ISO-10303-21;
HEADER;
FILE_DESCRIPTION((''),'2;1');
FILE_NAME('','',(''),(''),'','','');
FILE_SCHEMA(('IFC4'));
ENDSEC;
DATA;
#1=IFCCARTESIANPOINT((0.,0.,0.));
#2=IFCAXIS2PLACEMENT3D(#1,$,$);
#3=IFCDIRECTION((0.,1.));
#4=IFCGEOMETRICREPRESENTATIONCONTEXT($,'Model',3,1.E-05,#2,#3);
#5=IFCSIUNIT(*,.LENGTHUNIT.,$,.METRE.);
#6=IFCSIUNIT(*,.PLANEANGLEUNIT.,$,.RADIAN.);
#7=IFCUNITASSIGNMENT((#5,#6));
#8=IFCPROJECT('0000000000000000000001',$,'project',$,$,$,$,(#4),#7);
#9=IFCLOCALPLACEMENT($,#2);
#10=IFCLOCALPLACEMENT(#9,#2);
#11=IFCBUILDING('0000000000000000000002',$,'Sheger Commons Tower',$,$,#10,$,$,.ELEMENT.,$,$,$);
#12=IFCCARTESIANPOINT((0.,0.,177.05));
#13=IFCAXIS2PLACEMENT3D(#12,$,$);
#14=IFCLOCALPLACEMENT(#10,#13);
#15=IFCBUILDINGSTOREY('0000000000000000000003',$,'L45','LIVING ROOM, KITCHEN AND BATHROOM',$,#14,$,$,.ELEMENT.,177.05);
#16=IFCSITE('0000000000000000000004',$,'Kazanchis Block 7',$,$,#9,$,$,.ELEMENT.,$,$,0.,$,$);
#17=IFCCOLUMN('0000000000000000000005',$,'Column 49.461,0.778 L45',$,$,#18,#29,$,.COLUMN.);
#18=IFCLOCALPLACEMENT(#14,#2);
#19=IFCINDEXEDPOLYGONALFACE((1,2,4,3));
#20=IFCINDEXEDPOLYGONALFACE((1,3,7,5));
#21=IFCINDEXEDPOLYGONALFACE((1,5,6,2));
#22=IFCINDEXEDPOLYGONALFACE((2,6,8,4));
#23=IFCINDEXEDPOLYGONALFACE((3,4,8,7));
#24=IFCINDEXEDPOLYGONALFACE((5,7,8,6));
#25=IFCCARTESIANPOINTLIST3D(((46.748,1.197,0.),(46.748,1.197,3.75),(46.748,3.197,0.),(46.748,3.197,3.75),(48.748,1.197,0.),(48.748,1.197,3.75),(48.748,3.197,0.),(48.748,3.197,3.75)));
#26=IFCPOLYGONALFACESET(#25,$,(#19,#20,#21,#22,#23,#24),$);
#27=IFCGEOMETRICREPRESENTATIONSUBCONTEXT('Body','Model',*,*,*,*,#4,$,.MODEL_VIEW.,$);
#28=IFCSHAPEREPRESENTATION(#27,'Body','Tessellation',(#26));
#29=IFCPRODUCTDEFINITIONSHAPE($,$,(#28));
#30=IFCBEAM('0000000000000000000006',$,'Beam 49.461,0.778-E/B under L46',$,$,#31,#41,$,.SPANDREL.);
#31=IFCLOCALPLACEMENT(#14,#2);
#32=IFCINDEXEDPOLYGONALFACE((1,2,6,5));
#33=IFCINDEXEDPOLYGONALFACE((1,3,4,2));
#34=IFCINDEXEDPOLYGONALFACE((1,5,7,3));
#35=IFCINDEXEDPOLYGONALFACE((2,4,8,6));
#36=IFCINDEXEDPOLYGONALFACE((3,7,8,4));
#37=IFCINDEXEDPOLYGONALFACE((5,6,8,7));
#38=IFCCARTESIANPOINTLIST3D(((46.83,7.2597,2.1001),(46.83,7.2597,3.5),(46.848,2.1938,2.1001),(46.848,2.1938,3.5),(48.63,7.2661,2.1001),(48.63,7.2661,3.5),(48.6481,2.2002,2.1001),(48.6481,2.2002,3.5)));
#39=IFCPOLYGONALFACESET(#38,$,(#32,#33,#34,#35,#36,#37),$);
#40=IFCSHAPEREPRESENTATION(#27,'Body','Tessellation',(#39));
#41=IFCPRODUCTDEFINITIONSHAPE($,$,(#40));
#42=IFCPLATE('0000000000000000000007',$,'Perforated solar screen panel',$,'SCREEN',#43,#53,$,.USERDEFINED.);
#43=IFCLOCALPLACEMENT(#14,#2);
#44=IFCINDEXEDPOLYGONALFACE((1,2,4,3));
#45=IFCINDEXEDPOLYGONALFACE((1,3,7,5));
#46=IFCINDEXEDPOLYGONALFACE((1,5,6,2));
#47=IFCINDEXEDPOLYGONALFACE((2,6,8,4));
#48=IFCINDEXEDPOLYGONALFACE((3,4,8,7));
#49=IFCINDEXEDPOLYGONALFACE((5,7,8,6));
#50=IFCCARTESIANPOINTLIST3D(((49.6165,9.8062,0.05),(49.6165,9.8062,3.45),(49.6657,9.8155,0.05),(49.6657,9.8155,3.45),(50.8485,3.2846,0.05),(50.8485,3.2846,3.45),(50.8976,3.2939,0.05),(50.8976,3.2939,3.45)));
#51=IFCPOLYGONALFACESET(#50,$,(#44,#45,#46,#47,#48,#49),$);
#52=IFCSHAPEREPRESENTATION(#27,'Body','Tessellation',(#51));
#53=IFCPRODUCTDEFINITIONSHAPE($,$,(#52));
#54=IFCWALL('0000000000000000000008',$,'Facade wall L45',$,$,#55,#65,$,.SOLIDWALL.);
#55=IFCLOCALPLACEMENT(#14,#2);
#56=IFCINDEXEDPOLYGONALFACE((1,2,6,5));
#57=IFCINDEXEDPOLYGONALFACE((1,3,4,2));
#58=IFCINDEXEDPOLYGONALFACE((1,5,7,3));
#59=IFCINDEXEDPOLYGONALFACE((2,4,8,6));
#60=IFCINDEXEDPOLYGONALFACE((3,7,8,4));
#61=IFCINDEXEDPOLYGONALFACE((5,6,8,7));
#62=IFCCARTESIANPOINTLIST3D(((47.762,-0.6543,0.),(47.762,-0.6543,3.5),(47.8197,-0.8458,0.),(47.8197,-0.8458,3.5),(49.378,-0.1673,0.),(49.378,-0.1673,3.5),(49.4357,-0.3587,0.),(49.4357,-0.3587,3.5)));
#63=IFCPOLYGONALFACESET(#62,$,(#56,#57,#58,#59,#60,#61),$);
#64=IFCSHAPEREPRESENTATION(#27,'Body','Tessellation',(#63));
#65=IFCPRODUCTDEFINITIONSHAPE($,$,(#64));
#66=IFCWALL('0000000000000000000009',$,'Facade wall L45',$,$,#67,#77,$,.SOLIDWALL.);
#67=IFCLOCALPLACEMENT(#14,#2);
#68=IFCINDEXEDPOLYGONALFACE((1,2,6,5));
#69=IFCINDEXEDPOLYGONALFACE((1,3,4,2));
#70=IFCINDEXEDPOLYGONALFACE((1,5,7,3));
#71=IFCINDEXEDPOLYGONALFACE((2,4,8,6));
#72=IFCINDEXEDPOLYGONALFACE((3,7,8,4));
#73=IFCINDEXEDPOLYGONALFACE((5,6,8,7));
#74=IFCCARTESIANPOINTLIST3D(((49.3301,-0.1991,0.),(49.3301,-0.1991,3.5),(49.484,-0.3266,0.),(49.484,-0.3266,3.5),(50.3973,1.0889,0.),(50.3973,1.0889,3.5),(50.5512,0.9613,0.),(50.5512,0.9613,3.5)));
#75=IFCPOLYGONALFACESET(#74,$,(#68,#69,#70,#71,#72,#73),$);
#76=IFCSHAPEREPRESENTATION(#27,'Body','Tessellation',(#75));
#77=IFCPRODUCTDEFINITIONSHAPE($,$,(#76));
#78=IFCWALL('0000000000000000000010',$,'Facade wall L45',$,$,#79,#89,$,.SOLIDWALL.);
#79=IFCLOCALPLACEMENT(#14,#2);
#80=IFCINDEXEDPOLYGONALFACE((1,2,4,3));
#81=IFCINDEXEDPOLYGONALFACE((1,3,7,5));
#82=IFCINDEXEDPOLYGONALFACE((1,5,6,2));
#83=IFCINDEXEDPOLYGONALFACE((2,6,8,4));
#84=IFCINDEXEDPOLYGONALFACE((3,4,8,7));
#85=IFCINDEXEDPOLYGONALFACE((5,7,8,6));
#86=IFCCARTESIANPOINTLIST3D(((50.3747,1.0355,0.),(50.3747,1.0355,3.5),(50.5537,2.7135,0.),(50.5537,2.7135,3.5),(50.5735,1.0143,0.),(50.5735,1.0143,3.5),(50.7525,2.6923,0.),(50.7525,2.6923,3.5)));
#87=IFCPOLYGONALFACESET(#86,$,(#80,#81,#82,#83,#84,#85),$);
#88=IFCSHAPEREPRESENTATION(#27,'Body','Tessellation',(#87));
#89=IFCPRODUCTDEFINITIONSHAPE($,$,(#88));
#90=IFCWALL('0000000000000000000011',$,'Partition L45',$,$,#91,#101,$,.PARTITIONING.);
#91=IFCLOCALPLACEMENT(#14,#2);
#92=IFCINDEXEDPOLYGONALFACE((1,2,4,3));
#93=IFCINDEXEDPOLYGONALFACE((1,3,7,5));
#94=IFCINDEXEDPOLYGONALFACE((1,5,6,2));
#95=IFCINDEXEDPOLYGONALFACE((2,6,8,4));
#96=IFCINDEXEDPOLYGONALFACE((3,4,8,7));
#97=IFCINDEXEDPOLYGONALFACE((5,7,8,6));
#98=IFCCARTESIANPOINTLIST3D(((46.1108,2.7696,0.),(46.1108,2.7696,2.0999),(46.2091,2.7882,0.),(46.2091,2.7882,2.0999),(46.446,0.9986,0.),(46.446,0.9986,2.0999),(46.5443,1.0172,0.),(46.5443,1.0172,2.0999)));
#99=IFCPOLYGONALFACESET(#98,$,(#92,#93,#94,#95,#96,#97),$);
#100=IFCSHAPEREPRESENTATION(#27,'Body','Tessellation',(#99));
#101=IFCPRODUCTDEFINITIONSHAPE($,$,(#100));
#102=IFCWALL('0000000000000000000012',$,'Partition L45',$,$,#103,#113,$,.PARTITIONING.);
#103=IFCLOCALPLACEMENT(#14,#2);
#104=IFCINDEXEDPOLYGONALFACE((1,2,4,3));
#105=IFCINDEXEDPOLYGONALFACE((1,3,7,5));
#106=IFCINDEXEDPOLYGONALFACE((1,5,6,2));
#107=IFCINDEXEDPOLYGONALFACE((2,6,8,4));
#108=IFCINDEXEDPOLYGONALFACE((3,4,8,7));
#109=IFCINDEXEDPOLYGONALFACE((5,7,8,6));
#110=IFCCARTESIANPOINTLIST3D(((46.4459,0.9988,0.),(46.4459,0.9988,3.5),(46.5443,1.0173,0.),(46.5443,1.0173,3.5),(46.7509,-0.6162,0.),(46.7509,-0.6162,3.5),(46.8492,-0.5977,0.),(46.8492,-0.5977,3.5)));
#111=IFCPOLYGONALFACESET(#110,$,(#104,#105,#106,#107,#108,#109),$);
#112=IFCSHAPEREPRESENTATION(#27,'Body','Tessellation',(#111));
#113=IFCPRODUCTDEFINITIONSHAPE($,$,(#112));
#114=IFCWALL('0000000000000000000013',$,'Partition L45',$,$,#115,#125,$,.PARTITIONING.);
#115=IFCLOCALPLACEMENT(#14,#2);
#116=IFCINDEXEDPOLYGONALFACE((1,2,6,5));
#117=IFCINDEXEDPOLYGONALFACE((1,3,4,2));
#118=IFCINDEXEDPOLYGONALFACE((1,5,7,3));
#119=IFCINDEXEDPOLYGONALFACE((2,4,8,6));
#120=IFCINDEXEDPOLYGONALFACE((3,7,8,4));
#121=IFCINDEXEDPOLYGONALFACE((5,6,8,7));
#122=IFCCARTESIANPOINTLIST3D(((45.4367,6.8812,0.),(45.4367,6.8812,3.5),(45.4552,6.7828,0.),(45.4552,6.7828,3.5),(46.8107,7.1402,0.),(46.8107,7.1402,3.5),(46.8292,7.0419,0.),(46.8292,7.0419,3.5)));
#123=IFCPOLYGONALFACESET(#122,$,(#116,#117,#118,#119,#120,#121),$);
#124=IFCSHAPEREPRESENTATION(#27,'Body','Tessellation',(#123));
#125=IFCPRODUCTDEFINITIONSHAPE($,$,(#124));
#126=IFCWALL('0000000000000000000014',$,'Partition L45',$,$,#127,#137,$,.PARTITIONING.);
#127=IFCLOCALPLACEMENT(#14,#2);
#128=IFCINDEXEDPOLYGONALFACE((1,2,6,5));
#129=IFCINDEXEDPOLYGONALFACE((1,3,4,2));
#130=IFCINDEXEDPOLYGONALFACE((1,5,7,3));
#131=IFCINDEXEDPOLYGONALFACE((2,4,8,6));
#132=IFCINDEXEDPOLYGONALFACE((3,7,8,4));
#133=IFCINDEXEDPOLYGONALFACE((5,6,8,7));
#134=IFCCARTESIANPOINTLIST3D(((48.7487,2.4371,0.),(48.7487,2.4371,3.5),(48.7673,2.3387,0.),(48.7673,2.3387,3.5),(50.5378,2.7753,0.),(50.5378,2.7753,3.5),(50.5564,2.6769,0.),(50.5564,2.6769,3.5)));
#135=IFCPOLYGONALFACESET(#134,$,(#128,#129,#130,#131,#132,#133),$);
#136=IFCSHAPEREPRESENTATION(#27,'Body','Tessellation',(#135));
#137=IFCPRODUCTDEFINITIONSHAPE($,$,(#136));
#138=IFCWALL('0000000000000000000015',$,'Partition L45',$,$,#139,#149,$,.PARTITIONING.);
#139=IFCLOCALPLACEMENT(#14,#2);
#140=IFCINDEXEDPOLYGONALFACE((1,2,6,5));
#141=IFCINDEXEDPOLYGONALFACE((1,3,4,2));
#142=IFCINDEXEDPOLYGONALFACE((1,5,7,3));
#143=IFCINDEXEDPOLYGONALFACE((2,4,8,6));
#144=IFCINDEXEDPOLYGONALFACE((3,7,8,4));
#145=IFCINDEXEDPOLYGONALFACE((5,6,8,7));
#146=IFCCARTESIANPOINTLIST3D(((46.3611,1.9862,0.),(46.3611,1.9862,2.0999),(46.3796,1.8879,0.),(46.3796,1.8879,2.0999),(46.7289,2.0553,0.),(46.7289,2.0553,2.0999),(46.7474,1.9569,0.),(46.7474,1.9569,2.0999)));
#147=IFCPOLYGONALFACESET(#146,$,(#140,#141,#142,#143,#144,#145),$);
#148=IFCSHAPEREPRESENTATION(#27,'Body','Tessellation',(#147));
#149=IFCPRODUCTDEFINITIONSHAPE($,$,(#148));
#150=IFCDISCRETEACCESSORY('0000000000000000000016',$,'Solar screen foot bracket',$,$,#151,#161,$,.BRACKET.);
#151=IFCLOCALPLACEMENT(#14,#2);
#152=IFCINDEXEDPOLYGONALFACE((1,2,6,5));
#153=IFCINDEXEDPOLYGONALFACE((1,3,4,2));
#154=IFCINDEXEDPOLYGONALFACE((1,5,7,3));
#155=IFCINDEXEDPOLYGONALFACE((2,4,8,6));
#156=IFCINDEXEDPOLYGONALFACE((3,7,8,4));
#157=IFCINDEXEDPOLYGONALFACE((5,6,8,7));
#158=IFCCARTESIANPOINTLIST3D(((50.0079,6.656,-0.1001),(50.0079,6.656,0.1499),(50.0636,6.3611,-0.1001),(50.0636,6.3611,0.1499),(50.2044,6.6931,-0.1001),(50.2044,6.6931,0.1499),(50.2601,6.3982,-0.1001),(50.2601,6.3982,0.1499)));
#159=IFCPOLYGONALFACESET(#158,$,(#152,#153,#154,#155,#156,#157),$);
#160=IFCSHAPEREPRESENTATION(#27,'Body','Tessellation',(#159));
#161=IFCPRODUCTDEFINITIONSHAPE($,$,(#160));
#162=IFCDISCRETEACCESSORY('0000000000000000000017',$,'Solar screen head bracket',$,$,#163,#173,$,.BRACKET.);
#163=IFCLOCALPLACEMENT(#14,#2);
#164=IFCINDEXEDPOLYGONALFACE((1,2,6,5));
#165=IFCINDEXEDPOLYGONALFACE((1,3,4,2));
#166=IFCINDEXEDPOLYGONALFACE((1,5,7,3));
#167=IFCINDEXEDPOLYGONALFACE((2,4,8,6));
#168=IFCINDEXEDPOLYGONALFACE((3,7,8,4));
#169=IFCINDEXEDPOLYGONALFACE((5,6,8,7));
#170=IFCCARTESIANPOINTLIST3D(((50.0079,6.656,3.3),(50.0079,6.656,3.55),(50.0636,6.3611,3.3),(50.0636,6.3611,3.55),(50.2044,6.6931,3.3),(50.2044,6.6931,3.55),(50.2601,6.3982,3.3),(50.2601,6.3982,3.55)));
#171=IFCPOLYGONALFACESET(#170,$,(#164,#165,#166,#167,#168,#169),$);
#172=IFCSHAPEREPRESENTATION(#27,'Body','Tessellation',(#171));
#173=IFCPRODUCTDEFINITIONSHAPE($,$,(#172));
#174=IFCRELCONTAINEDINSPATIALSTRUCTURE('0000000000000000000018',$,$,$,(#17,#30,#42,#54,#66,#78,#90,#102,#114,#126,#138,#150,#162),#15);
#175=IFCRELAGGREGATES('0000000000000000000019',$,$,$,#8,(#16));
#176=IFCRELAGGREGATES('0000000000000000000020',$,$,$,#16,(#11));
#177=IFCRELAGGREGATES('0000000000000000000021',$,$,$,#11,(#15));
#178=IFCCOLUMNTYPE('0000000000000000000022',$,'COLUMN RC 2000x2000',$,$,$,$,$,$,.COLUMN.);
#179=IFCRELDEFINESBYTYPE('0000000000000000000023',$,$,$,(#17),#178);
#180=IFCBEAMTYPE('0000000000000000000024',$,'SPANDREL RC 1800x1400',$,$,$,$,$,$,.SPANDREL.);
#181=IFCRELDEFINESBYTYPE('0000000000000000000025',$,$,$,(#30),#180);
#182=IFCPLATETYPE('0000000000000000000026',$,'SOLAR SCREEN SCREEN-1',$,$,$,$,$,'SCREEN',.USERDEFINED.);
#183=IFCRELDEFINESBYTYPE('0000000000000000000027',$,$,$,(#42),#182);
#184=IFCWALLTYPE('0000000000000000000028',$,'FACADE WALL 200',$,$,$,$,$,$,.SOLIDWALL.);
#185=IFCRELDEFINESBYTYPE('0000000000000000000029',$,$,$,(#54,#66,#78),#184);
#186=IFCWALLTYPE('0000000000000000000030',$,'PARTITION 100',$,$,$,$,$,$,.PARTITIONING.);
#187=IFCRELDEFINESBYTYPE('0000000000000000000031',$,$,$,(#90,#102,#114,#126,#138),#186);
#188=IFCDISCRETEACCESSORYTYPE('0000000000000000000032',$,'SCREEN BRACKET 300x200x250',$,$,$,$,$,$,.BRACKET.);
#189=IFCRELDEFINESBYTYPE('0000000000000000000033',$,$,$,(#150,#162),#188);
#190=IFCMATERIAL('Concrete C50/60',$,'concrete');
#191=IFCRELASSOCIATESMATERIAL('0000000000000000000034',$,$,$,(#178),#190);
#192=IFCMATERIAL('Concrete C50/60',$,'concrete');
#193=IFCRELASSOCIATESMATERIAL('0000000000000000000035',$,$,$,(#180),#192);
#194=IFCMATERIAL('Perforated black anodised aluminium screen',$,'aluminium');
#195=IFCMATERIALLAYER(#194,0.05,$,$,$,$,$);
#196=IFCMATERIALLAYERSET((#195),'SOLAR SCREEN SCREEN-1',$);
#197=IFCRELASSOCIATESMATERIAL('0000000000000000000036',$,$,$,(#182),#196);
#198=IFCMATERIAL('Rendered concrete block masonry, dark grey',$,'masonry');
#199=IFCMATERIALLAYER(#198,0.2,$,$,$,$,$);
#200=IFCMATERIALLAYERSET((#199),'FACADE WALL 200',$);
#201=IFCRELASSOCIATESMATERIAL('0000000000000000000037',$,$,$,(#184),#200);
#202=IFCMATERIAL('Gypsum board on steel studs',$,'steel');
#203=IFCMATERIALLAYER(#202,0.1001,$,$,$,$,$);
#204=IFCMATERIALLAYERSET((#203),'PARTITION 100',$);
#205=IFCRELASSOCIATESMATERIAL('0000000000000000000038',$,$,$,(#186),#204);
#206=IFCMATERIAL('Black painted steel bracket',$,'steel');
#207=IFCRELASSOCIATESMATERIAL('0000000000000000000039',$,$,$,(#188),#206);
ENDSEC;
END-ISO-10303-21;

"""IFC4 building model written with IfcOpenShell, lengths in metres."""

from ifc_helpers import new_model, si_unit, direction, frame, frame_2d, origin, origin_2d, place, context, subcontext, project, spatial, rectangle, extrude, material, layer, layer_set, material_profile, profile_set, type_object, element, save


model = new_model("IFC4")

# Units and contexts
model_context = context("Model", 3, precision=1e-05, world=origin(), true_north=direction((0.0, 1.0)))
body_context = subcontext(model_context, "Body", "Model", "MODEL_VIEW")
ifc_project = project(units=[si_unit("LENGTHUNIT", "METRE"), si_unit("PLANEANGLEUNIT", "RADIAN")], contexts=[model_context])

# Site, building, storey
site_placement = place(None, origin())
site = spatial("IfcSite", under=ifc_project, at=site_placement, Name="Kazanchis Block 7", CompositionType="ELEMENT", RefElevation=0.0)
building_placement = place(site_placement, origin())
building = spatial("IfcBuilding", under=site, at=building_placement, Name="Sheger Commons Tower", CompositionType="ELEMENT")
storey_placement = place(building_placement, frame((0.0, 0.0, 177.05)))
storey = spatial("IfcBuildingStorey", under=building, at=storey_placement, Name="L45", Description="LIVING ROOM, KITCHEN AND BATHROOM", CompositionType="ELEMENT", Elevation=177.05)

# Column
ifc_material_1 = material(Name="Concrete C50/60", Category="concrete")
ifc_material_profile_1 = material_profile(ifc_material_1, rectangle(XDim=2.0, YDim=2.0, at=origin_2d()), Name="RC 2000x2000")
ifc_profile_set_1 = profile_set([ifc_material_profile_1], Name="Concrete C50/60")
column_type = type_object("IfcColumnType", Name="COLUMN RC 2000x2000", PredefinedType="COLUMN", material=ifc_profile_set_1)
column_placement = place(storey_placement, frame((47.748, 2.197, 0.0), z_axis=(0.0, 0.0, 1.0), x_axis=(1.0, 0.0, 0.0)))
element("IfcColumn", 1, at=column_placement, inside=storey, type_object=column_type, Name="Column 49.461,0.778 L45", PredefinedType="COLUMN", context=body_context, shape_type="SweptSolid", body=[
    extrude(rectangle(XDim=2.0, YDim=2.0, at=origin_2d()), origin(), (0.0, 0.0, 1.0), 3.75),
])

# Beam
ifc_material_2 = material(Name="Concrete C50/60", Category="concrete")
ifc_material_profile_2 = material_profile(ifc_material_2, rectangle(XDim=1.8, YDim=1.3999, at=origin_2d()), Name="RC 1800x1400")
ifc_profile_set_2 = profile_set([ifc_material_profile_2], Name="Concrete C50/60")
beam_type = type_object("IfcBeamType", Name="SPANDREL RC 1800x1400", PredefinedType="SPANDREL", material=ifc_profile_set_2)
beam_placement = place(storey_placement, frame((47.748, 2.197, 2.8), z_axis=(-0.003566, 0.999994, 0.0), x_axis=(-0.999994, -0.003566, 0.0)))
element("IfcBeam", 2, at=beam_placement, inside=storey, type_object=beam_type, Name="Beam 49.461,0.778-E/B under L46", PredefinedType="SPANDREL", context=body_context, shape_type="SweptSolid", body=[
    extrude(rectangle(XDim=1.8, YDim=1.3999, at=origin_2d()), origin(), (0.0, 0.0, 1.0), 5.0659),
])

# Plate
ifc_material_3 = material(Name="Perforated black anodised aluminium screen", Category="aluminium")
ifc_layer_1 = layer(ifc_material_3, 0.05)
ifc_layer_set_1 = layer_set([ifc_layer_1], Name="SOLAR SCREEN SCREEN-1")
plate_type = type_object("IfcPlateType", Name="SOLAR SCREEN SCREEN-1", ElementType="SCREEN", PredefinedType="USERDEFINED", material=ifc_layer_set_1)
plate_placement = place(storey_placement, frame((50.2571, 6.55, 0.05), z_axis=(0.0, 0.0, 1.0), x_axis=(-0.185615, 0.982623, 0.0)))
element("IfcPlate", 3, at=plate_placement, inside=storey, type_object=plate_type, Name="Perforated solar screen panel", ObjectType="SCREEN", PredefinedType="USERDEFINED", context=body_context, shape_type="SweptSolid", body=[
    extrude(rectangle(XDim=6.637, YDim=0.05, at=origin_2d()), origin(), (0.0, 0.0, 1.0), 3.3999),
])

# Walls
ifc_material_4 = material(Name="Rendered concrete block masonry, dark grey", Category="masonry")
ifc_layer_2 = layer(ifc_material_4, 0.2)
ifc_layer_set_2 = layer_set([ifc_layer_2], Name="FACADE WALL 200")
wall_type_1 = type_object("IfcWallType", Name="FACADE WALL 200", PredefinedType="SOLIDWALL", material=ifc_layer_set_2)
wall_1_placement = place(storey_placement, frame((47.791, -0.75, 0.0), z_axis=(0.0, 0.0, 1.0), x_axis=(0.957455, 0.288582, 0.0)))
element("IfcWall", 4, at=wall_1_placement, inside=storey, type_object=wall_type_1, Name="Facade wall L45", PredefinedType="SOLIDWALL", context=body_context, shape_type="SweptSolid", body=[
    extrude(rectangle(XDim=1.6877, YDim=0.2, at=frame_2d((0.8438, 0.0))), origin(), (0.0, 0.0, 1.0), 3.5),
])
wall_2_placement = place(storey_placement, frame((49.407, -0.2629, 0.0), z_axis=(0.0, 0.0, 1.0), x_axis=(0.638043, 0.770001, 0.0)))
element("IfcWall", 5, at=wall_2_placement, inside=storey, type_object=wall_type_1, Name="Facade wall L45", PredefinedType="SOLIDWALL", context=body_context, shape_type="SweptSolid", body=[
    extrude(rectangle(XDim=1.6726, YDim=0.2, at=frame_2d((0.8364, 0.0))), origin(), (0.0, 0.0, 1.0), 3.5),
])
wall_3_placement = place(storey_placement, frame((50.4741, 1.0249, 0.0), z_axis=(0.0, 0.0, 1.0), x_axis=(0.106048, 0.994361, 0.0)))
element("IfcWall", 6, at=wall_3_placement, inside=storey, type_object=wall_type_1, Name="Facade wall L45", PredefinedType="SOLIDWALL", context=body_context, shape_type="SweptSolid", body=[
    extrude(rectangle(XDim=1.6875, YDim=0.2, at=frame_2d((0.8438, 0.0))), origin(), (0.0, 0.0, 1.0), 3.5),
])

# Walls
ifc_material_5 = material(Name="Gypsum board on steel studs", Category="steel")
ifc_layer_3 = layer(ifc_material_5, 0.1001)
ifc_layer_set_3 = layer_set([ifc_layer_3], Name="PARTITION 100")
wall_type_2 = type_object("IfcWallType", Name="PARTITION 100", PredefinedType="PARTITIONING", material=ifc_layer_set_3)
wall_4_placement = place(storey_placement, frame((46.1599, 2.7791, 0.0), z_axis=(0.0, 0.0, 1.0), x_axis=(0.185973, -0.982555, 0.0)))
element("IfcWall", 7, at=wall_4_placement, inside=storey, type_object=wall_type_2, Name="Partition L45", PredefinedType="PARTITIONING", context=body_context, shape_type="SweptSolid", body=[
    extrude(rectangle(XDim=1.8025, YDim=0.1001, at=frame_2d((0.9014, 0.0))), origin(), (0.0, 0.0, 1.0), 2.0999),
])
wall_5_placement = place(storey_placement, frame((46.4951, 1.0081, 0.0), z_axis=(0.0, 0.0, 1.0), x_axis=(0.185535, -0.982638, 0.0)))
element("IfcWall", 8, at=wall_5_placement, inside=storey, type_object=wall_type_2, Name="Partition L45", PredefinedType="PARTITIONING", context=body_context, shape_type="SweptSolid", body=[
    extrude(rectangle(XDim=1.6436, YDim=0.1001, at=frame_2d((0.8218, 0.0))), origin(), (0.0, 0.0, 1.0), 3.5),
])
wall_6_placement = place(storey_placement, frame((46.8201, 7.0911, 0.0), z_axis=(0.0, 0.0, 1.0), x_axis=(-0.98269, -0.185258, 0.0)))
element("IfcWall", 9, at=wall_6_placement, inside=storey, type_object=wall_type_2, Name="Partition L45", PredefinedType="PARTITIONING", context=body_context, shape_type="SweptSolid", body=[
    extrude(rectangle(XDim=1.3982, YDim=0.1001, at=frame_2d((0.6992, 0.0))), origin(), (0.0, 0.0, 1.0), 3.5),
])
wall_7_placement = place(storey_placement, frame((50.5471, 2.7261, 0.0), z_axis=(0.0, 0.0, 1.0), x_axis=(-0.982604, -0.185713, 0.0)))
element("IfcWall", 10, at=wall_7_placement, inside=storey, type_object=wall_type_2, Name="Partition L45", PredefinedType="PARTITIONING", context=body_context, shape_type="SweptSolid", body=[
    extrude(rectangle(XDim=1.8208, YDim=0.1001, at=frame_2d((0.9104, 0.0))), origin(), (0.0, 0.0, 1.0), 3.5),
])
wall_8_placement = place(storey_placement, frame((46.738, 2.0061, 0.0), z_axis=(0.0, 0.0, 1.0), x_axis=(-0.98282, -0.184564, 0.0)))
element("IfcWall", 11, at=wall_8_placement, inside=storey, type_object=wall_type_2, Name="Partition L45", PredefinedType="PARTITIONING", context=body_context, shape_type="SweptSolid", body=[
    extrude(rectangle(XDim=0.3743, YDim=0.1001, at=frame_2d((0.187, 0.0))), origin(), (0.0, 0.0, 1.0), 2.0999),
])

# Discrete accessories
ifc_material_6 = material(Name="Black painted steel bracket", Category="steel")
discrete_accessory_type = type_object("IfcDiscreteAccessoryType", Name="SCREEN BRACKET 300x200x250", PredefinedType="BRACKET", material=ifc_material_6)
for number, where, z_axis, x_axis, name in (
    (12, (50.134, 6.5271, -0.1001), (0.0, 0.0, 1.0), (-0.185615, 0.982623, 0.0), "Solar screen foot bracket"),
    (13, (50.134, 6.5271, 3.3), (0.0, 0.0, 1.0), (-0.185615, 0.982623, 0.0), "Solar screen head bracket"),
):
    element("IfcDiscreteAccessory", number, at=place(storey_placement, frame(where, z_axis=z_axis, x_axis=x_axis)), inside=storey, type_object=discrete_accessory_type, Name=name, PredefinedType="BRACKET", context=body_context, shape_type="SweptSolid", body=[
        extrude(rectangle(XDim=0.3, YDim=0.2, at=origin_2d()), origin(), (0.0, 0.0, 1.0), 0.25),
    ])

save(model, "model.ifc")
